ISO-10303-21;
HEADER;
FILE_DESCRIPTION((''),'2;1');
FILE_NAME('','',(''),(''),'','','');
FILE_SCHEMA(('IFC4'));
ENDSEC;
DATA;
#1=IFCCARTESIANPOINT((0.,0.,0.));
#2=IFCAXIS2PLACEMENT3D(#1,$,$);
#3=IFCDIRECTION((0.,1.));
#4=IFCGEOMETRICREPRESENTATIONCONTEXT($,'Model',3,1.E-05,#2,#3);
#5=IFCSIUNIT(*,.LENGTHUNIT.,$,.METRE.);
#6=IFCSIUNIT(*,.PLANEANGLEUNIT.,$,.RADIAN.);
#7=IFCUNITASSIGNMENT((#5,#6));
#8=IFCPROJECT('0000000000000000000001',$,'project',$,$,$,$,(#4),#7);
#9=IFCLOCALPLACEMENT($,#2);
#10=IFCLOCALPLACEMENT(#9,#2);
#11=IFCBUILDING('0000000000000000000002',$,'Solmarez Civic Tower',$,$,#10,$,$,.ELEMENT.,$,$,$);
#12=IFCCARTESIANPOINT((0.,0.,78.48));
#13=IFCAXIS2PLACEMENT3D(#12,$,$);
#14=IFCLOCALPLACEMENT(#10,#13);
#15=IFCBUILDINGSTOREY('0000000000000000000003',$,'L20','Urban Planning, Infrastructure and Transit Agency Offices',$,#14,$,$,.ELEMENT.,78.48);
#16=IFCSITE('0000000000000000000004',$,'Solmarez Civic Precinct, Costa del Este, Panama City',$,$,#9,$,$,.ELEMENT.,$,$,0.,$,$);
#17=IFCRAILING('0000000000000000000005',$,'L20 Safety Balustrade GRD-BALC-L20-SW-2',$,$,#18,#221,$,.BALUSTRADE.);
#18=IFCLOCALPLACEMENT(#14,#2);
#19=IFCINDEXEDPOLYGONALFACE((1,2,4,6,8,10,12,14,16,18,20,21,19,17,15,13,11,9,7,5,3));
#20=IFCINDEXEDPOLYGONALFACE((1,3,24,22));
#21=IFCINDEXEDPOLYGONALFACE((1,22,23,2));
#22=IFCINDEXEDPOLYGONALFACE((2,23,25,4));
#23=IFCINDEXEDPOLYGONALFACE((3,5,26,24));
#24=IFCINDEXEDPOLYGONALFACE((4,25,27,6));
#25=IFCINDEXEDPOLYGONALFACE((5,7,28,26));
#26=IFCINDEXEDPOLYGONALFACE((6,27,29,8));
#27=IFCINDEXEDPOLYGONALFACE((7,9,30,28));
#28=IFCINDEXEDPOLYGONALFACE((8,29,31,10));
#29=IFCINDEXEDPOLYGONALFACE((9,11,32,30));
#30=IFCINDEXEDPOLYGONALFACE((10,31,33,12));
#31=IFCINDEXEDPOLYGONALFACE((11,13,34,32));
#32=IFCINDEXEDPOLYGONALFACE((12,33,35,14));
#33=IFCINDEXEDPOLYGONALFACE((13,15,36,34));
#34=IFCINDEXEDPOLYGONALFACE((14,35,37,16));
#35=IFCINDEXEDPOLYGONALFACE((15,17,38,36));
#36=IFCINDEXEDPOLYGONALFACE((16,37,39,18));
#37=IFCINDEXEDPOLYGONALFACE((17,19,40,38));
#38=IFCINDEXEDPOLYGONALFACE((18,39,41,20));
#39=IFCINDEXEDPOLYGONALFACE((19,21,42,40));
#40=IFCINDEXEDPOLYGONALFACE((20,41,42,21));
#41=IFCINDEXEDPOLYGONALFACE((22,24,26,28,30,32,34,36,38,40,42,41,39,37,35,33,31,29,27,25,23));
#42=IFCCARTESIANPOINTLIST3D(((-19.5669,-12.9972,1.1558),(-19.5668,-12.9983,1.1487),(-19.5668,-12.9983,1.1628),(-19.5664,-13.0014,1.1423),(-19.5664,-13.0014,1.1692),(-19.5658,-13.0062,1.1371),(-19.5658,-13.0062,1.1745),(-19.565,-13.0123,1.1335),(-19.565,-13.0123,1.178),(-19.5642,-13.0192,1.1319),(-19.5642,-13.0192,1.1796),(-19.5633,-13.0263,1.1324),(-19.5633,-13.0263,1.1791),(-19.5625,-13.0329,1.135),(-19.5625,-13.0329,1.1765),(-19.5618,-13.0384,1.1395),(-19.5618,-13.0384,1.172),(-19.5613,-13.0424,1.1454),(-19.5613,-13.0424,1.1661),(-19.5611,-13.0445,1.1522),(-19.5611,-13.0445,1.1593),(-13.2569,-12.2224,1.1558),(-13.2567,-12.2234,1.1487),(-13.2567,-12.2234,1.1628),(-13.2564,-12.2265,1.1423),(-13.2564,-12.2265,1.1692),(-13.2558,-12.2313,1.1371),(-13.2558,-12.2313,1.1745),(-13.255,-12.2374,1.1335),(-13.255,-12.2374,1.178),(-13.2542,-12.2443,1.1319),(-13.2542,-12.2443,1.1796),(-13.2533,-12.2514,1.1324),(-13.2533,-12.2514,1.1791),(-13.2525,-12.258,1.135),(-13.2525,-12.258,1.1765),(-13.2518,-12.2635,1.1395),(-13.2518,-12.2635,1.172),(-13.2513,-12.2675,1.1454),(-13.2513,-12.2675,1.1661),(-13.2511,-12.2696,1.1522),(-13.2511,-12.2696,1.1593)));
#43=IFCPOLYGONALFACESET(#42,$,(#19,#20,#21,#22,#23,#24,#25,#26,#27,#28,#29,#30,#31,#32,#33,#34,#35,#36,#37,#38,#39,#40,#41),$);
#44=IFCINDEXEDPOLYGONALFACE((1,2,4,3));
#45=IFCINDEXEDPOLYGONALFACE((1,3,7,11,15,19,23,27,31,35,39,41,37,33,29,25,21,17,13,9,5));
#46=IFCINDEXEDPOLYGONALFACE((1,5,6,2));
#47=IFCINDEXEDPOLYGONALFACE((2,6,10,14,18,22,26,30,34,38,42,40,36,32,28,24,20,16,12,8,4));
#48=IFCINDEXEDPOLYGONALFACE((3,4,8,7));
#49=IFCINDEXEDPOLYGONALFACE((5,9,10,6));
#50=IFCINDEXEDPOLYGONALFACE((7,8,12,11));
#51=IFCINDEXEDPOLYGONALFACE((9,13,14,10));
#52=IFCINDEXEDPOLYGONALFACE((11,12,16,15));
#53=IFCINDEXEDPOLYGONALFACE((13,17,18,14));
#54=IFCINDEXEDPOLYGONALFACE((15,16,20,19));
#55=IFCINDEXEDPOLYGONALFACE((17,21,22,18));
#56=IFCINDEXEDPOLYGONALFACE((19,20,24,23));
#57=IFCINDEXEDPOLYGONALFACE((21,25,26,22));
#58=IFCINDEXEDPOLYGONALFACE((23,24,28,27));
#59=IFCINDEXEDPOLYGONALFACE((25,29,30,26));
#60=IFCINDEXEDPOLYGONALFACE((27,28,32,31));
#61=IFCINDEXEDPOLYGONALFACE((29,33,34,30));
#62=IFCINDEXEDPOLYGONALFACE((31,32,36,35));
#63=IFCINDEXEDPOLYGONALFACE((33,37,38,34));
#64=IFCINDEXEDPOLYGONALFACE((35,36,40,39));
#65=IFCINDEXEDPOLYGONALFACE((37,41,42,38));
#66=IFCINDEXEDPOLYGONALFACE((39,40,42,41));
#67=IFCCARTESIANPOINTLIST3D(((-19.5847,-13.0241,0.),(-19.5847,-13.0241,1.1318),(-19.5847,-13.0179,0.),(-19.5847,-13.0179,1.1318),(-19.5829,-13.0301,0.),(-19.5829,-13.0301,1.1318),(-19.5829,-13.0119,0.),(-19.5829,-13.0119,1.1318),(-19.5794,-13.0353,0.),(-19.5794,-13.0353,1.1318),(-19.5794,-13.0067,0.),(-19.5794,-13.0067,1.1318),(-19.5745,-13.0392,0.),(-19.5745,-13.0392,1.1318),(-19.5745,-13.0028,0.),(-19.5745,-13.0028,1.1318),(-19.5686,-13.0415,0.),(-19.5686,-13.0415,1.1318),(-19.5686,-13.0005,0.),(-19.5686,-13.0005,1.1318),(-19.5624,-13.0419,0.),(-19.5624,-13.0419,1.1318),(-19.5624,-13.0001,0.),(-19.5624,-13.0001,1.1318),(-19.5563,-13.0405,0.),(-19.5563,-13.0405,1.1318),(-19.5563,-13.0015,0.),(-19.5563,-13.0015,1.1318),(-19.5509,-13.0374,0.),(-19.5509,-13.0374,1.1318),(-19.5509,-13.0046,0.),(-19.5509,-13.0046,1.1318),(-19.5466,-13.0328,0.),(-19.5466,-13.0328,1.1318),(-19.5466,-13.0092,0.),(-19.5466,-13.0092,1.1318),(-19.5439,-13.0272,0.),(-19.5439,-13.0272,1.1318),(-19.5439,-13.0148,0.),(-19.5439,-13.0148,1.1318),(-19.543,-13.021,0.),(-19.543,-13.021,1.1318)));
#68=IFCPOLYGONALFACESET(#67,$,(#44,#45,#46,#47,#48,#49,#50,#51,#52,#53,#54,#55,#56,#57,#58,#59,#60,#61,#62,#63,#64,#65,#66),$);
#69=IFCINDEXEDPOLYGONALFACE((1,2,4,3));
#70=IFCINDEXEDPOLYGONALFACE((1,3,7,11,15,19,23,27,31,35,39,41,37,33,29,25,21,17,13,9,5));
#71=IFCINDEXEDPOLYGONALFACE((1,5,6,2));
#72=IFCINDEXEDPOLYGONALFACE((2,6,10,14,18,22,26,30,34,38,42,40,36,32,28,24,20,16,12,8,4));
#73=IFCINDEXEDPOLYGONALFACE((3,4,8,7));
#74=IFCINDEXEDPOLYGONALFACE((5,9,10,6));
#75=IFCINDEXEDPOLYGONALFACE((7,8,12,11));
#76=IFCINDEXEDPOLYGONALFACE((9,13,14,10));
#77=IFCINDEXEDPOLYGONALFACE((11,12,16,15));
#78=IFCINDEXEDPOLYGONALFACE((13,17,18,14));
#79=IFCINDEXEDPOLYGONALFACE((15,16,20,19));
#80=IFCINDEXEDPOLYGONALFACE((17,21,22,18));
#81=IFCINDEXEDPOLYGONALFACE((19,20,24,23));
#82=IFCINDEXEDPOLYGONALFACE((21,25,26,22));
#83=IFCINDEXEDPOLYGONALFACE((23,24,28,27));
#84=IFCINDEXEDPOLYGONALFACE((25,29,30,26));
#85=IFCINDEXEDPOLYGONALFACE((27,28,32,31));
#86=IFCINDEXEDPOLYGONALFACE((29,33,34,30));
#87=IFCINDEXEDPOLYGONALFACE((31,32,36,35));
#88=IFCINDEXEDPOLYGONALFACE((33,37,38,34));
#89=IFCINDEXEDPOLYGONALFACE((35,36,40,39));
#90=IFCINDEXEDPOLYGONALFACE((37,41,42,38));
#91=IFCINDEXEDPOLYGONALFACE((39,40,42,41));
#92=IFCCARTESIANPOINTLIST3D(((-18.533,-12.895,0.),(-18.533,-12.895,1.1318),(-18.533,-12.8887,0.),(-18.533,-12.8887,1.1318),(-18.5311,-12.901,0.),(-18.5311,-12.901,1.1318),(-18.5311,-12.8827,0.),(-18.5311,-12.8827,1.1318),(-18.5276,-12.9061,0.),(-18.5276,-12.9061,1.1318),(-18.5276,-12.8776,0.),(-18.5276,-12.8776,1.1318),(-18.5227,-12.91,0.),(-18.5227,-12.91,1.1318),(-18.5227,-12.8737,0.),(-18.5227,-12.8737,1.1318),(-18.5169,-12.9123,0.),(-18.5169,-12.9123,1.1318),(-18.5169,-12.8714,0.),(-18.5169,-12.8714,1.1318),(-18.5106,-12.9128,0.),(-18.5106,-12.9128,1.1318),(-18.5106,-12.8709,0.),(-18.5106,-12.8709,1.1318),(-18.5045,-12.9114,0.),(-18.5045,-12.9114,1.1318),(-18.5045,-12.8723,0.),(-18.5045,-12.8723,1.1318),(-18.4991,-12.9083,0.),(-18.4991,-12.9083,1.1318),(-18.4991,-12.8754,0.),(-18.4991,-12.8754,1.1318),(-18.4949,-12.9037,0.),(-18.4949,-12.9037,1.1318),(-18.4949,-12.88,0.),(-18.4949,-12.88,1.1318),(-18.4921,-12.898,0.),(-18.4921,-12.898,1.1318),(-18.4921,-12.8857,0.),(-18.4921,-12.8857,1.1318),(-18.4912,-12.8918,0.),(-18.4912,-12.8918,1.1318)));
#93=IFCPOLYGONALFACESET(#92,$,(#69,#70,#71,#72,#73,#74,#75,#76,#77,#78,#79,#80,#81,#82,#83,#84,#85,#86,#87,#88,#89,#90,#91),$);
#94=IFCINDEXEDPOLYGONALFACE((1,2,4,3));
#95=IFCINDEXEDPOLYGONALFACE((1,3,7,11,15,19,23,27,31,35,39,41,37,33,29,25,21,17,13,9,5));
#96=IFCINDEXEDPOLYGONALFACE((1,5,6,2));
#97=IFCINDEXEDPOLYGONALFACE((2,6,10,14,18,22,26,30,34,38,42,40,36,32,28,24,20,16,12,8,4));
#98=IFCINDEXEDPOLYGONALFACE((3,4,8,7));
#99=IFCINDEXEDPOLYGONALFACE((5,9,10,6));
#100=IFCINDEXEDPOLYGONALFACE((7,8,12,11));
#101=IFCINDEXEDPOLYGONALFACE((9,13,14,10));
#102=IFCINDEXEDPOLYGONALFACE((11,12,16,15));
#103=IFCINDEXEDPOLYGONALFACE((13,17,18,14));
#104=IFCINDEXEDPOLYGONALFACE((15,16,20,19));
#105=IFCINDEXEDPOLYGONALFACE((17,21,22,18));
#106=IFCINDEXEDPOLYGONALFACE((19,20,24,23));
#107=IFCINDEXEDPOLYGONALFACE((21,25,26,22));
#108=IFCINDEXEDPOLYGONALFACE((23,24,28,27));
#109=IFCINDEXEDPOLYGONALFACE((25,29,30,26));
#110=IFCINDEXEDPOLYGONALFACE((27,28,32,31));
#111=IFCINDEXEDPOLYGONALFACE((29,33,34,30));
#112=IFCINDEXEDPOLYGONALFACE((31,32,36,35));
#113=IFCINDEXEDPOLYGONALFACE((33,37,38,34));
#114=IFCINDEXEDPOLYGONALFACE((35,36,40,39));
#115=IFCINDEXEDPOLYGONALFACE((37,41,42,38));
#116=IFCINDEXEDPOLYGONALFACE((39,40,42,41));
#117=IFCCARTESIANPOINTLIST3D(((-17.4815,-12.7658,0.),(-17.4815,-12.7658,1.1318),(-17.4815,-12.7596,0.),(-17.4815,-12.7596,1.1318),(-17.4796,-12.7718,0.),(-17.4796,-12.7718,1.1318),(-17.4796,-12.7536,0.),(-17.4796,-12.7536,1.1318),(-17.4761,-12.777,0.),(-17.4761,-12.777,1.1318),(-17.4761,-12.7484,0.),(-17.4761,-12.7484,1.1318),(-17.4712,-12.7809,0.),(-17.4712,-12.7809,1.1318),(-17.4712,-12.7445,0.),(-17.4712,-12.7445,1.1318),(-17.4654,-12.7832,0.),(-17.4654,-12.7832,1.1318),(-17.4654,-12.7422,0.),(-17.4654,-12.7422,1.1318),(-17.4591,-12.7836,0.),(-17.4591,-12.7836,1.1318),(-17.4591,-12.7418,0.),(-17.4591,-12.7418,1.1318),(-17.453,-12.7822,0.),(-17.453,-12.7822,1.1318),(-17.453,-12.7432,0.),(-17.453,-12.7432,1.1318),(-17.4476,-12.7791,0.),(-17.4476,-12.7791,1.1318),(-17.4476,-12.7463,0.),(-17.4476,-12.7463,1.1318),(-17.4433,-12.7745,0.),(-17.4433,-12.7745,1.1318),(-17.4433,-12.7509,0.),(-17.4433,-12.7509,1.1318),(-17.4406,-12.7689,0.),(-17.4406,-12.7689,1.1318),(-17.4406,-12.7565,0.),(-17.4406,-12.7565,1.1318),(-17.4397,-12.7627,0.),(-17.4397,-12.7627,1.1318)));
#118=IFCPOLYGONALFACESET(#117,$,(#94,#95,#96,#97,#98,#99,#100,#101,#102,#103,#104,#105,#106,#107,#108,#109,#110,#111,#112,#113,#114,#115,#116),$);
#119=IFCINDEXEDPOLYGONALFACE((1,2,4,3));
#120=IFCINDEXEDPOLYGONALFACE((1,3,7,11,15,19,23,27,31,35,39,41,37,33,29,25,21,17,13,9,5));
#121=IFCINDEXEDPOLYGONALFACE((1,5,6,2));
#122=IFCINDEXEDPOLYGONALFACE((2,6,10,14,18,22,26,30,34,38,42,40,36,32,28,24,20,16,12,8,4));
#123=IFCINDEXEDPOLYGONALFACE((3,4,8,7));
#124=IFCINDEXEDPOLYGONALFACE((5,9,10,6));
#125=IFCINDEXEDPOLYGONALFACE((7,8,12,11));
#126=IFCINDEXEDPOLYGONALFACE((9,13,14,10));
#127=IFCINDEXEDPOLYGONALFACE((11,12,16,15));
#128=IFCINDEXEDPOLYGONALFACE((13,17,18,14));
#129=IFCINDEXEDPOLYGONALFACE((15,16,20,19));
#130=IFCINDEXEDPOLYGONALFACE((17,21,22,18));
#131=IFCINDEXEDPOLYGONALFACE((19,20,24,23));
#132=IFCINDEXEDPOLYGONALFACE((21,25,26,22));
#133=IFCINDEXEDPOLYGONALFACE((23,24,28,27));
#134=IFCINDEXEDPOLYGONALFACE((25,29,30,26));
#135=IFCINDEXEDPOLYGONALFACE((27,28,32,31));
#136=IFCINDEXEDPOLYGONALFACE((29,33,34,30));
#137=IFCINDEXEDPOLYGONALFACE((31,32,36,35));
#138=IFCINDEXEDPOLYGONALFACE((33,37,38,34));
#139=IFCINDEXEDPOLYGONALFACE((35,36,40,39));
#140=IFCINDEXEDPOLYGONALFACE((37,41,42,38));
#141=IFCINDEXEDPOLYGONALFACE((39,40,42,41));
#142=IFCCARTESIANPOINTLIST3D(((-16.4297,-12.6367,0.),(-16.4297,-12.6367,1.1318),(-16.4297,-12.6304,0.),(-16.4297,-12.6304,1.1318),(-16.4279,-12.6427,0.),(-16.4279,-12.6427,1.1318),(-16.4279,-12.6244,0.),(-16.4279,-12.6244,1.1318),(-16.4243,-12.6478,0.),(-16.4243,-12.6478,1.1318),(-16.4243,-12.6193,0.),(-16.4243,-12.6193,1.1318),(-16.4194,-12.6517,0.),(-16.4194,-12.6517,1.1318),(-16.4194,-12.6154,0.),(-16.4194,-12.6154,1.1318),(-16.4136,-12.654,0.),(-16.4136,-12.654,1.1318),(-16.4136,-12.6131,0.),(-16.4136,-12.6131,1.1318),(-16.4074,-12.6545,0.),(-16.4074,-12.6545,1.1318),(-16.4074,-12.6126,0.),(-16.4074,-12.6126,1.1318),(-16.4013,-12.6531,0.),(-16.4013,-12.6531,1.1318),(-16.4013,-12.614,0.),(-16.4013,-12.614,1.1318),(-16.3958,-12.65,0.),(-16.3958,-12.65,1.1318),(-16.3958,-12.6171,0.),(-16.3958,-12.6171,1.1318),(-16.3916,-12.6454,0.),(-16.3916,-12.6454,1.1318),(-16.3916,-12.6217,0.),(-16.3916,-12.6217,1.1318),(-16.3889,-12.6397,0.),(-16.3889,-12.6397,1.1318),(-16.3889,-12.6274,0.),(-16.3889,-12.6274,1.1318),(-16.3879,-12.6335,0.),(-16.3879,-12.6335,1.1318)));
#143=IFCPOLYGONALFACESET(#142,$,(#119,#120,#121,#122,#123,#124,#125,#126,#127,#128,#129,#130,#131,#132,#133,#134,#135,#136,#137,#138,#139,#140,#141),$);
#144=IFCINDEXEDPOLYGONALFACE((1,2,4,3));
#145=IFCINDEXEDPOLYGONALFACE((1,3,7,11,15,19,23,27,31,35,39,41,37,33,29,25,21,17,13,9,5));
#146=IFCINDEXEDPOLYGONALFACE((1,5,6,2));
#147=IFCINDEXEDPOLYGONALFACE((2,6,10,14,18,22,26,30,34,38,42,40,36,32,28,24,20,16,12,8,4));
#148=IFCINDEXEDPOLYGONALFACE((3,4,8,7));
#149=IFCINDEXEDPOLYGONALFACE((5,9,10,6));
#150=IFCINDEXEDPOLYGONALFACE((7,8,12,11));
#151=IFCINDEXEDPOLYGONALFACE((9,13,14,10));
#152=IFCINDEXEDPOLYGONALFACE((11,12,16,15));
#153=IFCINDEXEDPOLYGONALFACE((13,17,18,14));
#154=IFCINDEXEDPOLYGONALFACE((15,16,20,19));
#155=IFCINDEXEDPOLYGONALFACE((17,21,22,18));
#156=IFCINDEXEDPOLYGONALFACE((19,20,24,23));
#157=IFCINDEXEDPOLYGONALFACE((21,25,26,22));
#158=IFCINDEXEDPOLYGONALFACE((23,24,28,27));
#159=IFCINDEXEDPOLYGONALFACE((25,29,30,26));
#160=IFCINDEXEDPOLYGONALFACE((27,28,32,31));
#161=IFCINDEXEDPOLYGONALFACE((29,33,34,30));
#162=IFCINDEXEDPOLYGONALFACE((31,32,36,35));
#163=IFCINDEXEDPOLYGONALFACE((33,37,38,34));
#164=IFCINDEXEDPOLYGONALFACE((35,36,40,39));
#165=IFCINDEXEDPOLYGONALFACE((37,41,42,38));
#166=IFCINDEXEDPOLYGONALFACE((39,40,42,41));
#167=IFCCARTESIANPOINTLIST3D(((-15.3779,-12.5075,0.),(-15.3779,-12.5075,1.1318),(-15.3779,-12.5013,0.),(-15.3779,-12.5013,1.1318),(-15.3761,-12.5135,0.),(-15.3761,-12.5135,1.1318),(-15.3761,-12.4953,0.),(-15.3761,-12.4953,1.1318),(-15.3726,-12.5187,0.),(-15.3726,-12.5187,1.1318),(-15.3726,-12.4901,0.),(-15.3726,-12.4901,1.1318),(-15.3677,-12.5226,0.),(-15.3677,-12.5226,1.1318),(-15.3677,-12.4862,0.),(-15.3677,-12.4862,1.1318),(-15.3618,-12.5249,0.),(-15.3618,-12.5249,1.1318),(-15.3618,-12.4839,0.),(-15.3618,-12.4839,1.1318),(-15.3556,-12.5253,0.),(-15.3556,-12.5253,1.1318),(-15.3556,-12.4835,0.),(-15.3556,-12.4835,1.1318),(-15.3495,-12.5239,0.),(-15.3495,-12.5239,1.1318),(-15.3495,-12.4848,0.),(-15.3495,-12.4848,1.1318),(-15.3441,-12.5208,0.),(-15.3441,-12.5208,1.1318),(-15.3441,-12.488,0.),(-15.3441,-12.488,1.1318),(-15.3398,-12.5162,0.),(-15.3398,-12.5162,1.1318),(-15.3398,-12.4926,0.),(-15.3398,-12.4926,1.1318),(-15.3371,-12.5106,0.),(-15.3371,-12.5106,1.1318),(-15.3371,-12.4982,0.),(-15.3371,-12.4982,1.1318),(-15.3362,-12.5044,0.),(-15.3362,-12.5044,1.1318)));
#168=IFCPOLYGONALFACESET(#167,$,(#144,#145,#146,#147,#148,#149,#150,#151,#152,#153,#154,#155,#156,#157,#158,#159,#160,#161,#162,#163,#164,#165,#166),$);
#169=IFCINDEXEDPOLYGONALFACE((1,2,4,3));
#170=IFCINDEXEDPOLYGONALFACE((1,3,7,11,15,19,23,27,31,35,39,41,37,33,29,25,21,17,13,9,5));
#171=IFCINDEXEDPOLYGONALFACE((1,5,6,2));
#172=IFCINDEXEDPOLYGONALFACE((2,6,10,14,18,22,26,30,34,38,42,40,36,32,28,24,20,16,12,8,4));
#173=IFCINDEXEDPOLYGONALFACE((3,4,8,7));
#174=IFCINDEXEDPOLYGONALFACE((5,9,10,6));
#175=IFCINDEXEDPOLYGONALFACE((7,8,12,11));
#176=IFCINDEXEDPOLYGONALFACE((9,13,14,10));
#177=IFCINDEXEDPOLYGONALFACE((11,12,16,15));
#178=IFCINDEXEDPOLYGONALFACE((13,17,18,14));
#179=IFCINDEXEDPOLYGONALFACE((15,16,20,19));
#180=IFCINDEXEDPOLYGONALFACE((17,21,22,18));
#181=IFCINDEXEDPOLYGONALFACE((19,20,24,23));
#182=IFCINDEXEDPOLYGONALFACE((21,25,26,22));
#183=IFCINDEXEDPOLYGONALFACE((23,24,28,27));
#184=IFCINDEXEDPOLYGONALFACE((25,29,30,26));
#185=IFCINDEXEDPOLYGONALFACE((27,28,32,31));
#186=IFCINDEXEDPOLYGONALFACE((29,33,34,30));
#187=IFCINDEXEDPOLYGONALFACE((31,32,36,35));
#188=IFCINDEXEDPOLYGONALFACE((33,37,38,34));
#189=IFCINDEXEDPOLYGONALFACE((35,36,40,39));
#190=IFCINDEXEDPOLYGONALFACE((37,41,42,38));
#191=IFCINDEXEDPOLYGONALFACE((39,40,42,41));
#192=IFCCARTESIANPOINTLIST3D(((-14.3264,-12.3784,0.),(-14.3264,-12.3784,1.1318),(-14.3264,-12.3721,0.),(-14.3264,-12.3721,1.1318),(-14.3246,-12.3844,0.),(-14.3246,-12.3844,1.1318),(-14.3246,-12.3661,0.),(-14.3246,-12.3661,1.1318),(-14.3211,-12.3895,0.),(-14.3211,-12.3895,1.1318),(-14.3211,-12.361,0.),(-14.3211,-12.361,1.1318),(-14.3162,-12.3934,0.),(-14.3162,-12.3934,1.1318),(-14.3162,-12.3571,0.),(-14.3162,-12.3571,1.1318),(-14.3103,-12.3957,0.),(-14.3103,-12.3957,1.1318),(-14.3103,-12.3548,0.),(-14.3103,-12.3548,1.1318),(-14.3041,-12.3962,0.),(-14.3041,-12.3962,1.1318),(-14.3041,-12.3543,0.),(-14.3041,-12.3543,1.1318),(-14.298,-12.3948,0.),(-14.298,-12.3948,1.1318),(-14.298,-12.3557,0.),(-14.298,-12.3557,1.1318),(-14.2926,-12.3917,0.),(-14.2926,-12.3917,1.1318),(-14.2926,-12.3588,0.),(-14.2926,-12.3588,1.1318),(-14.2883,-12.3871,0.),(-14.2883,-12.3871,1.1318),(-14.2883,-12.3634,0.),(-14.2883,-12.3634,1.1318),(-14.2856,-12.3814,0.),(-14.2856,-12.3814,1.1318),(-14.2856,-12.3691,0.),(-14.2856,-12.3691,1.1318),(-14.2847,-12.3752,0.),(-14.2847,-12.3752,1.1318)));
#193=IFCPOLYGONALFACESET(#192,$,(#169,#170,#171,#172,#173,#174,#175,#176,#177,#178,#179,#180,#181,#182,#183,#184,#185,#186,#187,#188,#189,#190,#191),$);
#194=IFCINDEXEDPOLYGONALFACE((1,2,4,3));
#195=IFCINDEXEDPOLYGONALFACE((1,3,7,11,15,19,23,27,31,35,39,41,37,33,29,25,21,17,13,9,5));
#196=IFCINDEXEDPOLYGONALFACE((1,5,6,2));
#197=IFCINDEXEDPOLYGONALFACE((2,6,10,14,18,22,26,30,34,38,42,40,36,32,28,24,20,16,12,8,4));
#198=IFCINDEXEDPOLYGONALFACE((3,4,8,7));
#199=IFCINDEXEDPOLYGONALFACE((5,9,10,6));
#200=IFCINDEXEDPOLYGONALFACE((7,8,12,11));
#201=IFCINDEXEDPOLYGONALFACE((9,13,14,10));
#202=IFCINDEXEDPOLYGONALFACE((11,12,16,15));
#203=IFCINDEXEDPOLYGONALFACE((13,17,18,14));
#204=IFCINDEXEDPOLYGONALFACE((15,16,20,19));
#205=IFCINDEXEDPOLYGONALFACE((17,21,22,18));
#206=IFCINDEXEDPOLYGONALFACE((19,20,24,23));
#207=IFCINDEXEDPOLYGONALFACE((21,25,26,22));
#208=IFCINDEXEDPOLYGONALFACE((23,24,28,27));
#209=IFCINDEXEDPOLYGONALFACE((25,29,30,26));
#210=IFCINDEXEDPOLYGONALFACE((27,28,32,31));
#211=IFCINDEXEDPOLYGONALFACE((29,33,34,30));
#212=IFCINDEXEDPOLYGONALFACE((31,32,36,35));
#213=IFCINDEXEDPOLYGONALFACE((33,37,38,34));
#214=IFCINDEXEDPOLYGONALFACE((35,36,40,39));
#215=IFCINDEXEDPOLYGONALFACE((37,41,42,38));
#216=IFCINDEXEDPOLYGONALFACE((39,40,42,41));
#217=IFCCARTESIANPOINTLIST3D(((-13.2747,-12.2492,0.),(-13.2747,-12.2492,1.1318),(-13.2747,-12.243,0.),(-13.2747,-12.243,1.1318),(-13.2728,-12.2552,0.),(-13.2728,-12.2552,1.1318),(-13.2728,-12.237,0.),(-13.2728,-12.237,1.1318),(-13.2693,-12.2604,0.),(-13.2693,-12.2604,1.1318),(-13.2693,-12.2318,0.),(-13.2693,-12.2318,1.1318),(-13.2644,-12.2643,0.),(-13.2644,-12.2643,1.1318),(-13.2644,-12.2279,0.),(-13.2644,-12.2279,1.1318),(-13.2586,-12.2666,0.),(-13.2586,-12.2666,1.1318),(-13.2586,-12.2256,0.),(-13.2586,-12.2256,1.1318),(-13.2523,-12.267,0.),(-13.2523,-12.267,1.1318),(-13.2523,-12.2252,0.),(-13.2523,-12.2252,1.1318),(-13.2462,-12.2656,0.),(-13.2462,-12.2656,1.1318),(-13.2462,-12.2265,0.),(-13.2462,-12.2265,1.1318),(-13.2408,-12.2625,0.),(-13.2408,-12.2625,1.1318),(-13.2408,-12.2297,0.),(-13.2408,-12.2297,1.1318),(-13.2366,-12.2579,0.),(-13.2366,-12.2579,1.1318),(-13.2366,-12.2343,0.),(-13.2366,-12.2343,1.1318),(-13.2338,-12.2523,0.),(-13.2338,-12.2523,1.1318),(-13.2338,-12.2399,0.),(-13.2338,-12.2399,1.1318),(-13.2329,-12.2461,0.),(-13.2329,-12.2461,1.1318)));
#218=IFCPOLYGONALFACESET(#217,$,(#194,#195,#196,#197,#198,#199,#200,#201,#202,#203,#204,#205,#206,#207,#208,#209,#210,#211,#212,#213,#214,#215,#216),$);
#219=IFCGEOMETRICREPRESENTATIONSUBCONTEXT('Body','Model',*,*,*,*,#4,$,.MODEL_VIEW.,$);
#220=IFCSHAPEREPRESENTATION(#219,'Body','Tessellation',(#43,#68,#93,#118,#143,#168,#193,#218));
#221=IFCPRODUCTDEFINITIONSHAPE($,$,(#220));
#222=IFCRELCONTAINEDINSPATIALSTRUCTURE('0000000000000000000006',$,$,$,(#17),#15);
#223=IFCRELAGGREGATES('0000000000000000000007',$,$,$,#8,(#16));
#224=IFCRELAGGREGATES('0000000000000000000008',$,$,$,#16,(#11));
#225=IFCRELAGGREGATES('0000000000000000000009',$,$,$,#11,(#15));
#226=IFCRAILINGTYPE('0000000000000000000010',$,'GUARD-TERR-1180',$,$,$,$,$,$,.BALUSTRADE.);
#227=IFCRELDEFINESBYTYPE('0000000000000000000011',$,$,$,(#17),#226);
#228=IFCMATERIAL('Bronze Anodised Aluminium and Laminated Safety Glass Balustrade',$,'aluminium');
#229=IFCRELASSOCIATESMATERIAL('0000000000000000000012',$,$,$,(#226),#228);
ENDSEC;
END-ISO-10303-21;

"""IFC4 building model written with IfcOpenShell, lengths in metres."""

from ifc_helpers import new_model, si_unit, direction, frame, origin, origin_2d, place, context, subcontext, project, spatial, circle, extrude, material, type_object, element, save


model = new_model("IFC4")

# Units and contexts
model_context = context("Model", 3, precision=1e-05, world=origin(), true_north=direction((0.0, 1.0)))
body_context = subcontext(model_context, "Body", "Model", "MODEL_VIEW")
ifc_project = project(units=[si_unit("LENGTHUNIT", "METRE"), si_unit("PLANEANGLEUNIT", "RADIAN")], contexts=[model_context])

# Site, building, storey
site_placement = place(None, origin())
site = spatial("IfcSite", under=ifc_project, at=site_placement, Name="Solmarez Civic Precinct, Costa del Este, Panama City", CompositionType="ELEMENT", RefElevation=0.0)
building_placement = place(site_placement, origin())
building = spatial("IfcBuilding", under=site, at=building_placement, Name="Solmarez Civic Tower", CompositionType="ELEMENT")
storey_placement = place(building_placement, frame((0.0, 0.0, 78.48)))
storey = spatial("IfcBuildingStorey", under=building, at=storey_placement, Name="L20", Description="Urban Planning, Infrastructure and Transit Agency Offices", CompositionType="ELEMENT", Elevation=78.48)

# Railing
ifc_material_1 = material(Name="Bronze Anodised Aluminium and Laminated Safety Glass Balustrade", Category="aluminium")
railing_type = type_object("IfcRailingType", Name="GUARD-TERR-1180", PredefinedType="BALUSTRADE", material=ifc_material_1)
railing_1_placement = place(storey_placement, frame((-19.564, -13.021, 0.0)))
element("IfcRailing", 1, at=railing_1_placement, inside=storey, type_object=railing_type, Name="L20 Safety Balustrade GRD-BALC-L20-SW-2", PredefinedType="BALUSTRADE", context=body_context, shape_type="SweptSolid", body=[
    extrude(circle(Radius=0.0239, at=origin_2d()), frame((0.0, 0.0, 1.1558), z_axis=(0.992544, 0.121889, 0.0), x_axis=(-0.121889, 0.992544, 0.0)), (0.0, 0.0, 1.0), 6.3574),
    extrude(circle(Radius=0.021, at=origin_2d()), origin(), (0.0, 0.0, 1.0), 1.1318),
    extrude(circle(Radius=0.021, at=origin_2d()), frame((1.0518, 0.1292, 0.0)), (0.0, 0.0, 1.0), 1.1318),
    extrude(circle(Radius=0.021, at=origin_2d()), frame((2.1033, 0.2583, 0.0)), (0.0, 0.0, 1.0), 1.1318),
    extrude(circle(Radius=0.021, at=origin_2d()), frame((3.155, 0.3875, 0.0)), (0.0, 0.0, 1.0), 1.1318),
    extrude(circle(Radius=0.021, at=origin_2d()), frame((4.2068, 0.5166, 0.0)), (0.0, 0.0, 1.0), 1.1318),
    extrude(circle(Radius=0.021, at=origin_2d()), frame((5.2583, 0.6458, 0.0)), (0.0, 0.0, 1.0), 1.1318),
    extrude(circle(Radius=0.021, at=origin_2d()), frame((6.3101, 0.7749, 0.0)), (0.0, 0.0, 1.0), 1.1318),
])

save(model, "model.ifc")
